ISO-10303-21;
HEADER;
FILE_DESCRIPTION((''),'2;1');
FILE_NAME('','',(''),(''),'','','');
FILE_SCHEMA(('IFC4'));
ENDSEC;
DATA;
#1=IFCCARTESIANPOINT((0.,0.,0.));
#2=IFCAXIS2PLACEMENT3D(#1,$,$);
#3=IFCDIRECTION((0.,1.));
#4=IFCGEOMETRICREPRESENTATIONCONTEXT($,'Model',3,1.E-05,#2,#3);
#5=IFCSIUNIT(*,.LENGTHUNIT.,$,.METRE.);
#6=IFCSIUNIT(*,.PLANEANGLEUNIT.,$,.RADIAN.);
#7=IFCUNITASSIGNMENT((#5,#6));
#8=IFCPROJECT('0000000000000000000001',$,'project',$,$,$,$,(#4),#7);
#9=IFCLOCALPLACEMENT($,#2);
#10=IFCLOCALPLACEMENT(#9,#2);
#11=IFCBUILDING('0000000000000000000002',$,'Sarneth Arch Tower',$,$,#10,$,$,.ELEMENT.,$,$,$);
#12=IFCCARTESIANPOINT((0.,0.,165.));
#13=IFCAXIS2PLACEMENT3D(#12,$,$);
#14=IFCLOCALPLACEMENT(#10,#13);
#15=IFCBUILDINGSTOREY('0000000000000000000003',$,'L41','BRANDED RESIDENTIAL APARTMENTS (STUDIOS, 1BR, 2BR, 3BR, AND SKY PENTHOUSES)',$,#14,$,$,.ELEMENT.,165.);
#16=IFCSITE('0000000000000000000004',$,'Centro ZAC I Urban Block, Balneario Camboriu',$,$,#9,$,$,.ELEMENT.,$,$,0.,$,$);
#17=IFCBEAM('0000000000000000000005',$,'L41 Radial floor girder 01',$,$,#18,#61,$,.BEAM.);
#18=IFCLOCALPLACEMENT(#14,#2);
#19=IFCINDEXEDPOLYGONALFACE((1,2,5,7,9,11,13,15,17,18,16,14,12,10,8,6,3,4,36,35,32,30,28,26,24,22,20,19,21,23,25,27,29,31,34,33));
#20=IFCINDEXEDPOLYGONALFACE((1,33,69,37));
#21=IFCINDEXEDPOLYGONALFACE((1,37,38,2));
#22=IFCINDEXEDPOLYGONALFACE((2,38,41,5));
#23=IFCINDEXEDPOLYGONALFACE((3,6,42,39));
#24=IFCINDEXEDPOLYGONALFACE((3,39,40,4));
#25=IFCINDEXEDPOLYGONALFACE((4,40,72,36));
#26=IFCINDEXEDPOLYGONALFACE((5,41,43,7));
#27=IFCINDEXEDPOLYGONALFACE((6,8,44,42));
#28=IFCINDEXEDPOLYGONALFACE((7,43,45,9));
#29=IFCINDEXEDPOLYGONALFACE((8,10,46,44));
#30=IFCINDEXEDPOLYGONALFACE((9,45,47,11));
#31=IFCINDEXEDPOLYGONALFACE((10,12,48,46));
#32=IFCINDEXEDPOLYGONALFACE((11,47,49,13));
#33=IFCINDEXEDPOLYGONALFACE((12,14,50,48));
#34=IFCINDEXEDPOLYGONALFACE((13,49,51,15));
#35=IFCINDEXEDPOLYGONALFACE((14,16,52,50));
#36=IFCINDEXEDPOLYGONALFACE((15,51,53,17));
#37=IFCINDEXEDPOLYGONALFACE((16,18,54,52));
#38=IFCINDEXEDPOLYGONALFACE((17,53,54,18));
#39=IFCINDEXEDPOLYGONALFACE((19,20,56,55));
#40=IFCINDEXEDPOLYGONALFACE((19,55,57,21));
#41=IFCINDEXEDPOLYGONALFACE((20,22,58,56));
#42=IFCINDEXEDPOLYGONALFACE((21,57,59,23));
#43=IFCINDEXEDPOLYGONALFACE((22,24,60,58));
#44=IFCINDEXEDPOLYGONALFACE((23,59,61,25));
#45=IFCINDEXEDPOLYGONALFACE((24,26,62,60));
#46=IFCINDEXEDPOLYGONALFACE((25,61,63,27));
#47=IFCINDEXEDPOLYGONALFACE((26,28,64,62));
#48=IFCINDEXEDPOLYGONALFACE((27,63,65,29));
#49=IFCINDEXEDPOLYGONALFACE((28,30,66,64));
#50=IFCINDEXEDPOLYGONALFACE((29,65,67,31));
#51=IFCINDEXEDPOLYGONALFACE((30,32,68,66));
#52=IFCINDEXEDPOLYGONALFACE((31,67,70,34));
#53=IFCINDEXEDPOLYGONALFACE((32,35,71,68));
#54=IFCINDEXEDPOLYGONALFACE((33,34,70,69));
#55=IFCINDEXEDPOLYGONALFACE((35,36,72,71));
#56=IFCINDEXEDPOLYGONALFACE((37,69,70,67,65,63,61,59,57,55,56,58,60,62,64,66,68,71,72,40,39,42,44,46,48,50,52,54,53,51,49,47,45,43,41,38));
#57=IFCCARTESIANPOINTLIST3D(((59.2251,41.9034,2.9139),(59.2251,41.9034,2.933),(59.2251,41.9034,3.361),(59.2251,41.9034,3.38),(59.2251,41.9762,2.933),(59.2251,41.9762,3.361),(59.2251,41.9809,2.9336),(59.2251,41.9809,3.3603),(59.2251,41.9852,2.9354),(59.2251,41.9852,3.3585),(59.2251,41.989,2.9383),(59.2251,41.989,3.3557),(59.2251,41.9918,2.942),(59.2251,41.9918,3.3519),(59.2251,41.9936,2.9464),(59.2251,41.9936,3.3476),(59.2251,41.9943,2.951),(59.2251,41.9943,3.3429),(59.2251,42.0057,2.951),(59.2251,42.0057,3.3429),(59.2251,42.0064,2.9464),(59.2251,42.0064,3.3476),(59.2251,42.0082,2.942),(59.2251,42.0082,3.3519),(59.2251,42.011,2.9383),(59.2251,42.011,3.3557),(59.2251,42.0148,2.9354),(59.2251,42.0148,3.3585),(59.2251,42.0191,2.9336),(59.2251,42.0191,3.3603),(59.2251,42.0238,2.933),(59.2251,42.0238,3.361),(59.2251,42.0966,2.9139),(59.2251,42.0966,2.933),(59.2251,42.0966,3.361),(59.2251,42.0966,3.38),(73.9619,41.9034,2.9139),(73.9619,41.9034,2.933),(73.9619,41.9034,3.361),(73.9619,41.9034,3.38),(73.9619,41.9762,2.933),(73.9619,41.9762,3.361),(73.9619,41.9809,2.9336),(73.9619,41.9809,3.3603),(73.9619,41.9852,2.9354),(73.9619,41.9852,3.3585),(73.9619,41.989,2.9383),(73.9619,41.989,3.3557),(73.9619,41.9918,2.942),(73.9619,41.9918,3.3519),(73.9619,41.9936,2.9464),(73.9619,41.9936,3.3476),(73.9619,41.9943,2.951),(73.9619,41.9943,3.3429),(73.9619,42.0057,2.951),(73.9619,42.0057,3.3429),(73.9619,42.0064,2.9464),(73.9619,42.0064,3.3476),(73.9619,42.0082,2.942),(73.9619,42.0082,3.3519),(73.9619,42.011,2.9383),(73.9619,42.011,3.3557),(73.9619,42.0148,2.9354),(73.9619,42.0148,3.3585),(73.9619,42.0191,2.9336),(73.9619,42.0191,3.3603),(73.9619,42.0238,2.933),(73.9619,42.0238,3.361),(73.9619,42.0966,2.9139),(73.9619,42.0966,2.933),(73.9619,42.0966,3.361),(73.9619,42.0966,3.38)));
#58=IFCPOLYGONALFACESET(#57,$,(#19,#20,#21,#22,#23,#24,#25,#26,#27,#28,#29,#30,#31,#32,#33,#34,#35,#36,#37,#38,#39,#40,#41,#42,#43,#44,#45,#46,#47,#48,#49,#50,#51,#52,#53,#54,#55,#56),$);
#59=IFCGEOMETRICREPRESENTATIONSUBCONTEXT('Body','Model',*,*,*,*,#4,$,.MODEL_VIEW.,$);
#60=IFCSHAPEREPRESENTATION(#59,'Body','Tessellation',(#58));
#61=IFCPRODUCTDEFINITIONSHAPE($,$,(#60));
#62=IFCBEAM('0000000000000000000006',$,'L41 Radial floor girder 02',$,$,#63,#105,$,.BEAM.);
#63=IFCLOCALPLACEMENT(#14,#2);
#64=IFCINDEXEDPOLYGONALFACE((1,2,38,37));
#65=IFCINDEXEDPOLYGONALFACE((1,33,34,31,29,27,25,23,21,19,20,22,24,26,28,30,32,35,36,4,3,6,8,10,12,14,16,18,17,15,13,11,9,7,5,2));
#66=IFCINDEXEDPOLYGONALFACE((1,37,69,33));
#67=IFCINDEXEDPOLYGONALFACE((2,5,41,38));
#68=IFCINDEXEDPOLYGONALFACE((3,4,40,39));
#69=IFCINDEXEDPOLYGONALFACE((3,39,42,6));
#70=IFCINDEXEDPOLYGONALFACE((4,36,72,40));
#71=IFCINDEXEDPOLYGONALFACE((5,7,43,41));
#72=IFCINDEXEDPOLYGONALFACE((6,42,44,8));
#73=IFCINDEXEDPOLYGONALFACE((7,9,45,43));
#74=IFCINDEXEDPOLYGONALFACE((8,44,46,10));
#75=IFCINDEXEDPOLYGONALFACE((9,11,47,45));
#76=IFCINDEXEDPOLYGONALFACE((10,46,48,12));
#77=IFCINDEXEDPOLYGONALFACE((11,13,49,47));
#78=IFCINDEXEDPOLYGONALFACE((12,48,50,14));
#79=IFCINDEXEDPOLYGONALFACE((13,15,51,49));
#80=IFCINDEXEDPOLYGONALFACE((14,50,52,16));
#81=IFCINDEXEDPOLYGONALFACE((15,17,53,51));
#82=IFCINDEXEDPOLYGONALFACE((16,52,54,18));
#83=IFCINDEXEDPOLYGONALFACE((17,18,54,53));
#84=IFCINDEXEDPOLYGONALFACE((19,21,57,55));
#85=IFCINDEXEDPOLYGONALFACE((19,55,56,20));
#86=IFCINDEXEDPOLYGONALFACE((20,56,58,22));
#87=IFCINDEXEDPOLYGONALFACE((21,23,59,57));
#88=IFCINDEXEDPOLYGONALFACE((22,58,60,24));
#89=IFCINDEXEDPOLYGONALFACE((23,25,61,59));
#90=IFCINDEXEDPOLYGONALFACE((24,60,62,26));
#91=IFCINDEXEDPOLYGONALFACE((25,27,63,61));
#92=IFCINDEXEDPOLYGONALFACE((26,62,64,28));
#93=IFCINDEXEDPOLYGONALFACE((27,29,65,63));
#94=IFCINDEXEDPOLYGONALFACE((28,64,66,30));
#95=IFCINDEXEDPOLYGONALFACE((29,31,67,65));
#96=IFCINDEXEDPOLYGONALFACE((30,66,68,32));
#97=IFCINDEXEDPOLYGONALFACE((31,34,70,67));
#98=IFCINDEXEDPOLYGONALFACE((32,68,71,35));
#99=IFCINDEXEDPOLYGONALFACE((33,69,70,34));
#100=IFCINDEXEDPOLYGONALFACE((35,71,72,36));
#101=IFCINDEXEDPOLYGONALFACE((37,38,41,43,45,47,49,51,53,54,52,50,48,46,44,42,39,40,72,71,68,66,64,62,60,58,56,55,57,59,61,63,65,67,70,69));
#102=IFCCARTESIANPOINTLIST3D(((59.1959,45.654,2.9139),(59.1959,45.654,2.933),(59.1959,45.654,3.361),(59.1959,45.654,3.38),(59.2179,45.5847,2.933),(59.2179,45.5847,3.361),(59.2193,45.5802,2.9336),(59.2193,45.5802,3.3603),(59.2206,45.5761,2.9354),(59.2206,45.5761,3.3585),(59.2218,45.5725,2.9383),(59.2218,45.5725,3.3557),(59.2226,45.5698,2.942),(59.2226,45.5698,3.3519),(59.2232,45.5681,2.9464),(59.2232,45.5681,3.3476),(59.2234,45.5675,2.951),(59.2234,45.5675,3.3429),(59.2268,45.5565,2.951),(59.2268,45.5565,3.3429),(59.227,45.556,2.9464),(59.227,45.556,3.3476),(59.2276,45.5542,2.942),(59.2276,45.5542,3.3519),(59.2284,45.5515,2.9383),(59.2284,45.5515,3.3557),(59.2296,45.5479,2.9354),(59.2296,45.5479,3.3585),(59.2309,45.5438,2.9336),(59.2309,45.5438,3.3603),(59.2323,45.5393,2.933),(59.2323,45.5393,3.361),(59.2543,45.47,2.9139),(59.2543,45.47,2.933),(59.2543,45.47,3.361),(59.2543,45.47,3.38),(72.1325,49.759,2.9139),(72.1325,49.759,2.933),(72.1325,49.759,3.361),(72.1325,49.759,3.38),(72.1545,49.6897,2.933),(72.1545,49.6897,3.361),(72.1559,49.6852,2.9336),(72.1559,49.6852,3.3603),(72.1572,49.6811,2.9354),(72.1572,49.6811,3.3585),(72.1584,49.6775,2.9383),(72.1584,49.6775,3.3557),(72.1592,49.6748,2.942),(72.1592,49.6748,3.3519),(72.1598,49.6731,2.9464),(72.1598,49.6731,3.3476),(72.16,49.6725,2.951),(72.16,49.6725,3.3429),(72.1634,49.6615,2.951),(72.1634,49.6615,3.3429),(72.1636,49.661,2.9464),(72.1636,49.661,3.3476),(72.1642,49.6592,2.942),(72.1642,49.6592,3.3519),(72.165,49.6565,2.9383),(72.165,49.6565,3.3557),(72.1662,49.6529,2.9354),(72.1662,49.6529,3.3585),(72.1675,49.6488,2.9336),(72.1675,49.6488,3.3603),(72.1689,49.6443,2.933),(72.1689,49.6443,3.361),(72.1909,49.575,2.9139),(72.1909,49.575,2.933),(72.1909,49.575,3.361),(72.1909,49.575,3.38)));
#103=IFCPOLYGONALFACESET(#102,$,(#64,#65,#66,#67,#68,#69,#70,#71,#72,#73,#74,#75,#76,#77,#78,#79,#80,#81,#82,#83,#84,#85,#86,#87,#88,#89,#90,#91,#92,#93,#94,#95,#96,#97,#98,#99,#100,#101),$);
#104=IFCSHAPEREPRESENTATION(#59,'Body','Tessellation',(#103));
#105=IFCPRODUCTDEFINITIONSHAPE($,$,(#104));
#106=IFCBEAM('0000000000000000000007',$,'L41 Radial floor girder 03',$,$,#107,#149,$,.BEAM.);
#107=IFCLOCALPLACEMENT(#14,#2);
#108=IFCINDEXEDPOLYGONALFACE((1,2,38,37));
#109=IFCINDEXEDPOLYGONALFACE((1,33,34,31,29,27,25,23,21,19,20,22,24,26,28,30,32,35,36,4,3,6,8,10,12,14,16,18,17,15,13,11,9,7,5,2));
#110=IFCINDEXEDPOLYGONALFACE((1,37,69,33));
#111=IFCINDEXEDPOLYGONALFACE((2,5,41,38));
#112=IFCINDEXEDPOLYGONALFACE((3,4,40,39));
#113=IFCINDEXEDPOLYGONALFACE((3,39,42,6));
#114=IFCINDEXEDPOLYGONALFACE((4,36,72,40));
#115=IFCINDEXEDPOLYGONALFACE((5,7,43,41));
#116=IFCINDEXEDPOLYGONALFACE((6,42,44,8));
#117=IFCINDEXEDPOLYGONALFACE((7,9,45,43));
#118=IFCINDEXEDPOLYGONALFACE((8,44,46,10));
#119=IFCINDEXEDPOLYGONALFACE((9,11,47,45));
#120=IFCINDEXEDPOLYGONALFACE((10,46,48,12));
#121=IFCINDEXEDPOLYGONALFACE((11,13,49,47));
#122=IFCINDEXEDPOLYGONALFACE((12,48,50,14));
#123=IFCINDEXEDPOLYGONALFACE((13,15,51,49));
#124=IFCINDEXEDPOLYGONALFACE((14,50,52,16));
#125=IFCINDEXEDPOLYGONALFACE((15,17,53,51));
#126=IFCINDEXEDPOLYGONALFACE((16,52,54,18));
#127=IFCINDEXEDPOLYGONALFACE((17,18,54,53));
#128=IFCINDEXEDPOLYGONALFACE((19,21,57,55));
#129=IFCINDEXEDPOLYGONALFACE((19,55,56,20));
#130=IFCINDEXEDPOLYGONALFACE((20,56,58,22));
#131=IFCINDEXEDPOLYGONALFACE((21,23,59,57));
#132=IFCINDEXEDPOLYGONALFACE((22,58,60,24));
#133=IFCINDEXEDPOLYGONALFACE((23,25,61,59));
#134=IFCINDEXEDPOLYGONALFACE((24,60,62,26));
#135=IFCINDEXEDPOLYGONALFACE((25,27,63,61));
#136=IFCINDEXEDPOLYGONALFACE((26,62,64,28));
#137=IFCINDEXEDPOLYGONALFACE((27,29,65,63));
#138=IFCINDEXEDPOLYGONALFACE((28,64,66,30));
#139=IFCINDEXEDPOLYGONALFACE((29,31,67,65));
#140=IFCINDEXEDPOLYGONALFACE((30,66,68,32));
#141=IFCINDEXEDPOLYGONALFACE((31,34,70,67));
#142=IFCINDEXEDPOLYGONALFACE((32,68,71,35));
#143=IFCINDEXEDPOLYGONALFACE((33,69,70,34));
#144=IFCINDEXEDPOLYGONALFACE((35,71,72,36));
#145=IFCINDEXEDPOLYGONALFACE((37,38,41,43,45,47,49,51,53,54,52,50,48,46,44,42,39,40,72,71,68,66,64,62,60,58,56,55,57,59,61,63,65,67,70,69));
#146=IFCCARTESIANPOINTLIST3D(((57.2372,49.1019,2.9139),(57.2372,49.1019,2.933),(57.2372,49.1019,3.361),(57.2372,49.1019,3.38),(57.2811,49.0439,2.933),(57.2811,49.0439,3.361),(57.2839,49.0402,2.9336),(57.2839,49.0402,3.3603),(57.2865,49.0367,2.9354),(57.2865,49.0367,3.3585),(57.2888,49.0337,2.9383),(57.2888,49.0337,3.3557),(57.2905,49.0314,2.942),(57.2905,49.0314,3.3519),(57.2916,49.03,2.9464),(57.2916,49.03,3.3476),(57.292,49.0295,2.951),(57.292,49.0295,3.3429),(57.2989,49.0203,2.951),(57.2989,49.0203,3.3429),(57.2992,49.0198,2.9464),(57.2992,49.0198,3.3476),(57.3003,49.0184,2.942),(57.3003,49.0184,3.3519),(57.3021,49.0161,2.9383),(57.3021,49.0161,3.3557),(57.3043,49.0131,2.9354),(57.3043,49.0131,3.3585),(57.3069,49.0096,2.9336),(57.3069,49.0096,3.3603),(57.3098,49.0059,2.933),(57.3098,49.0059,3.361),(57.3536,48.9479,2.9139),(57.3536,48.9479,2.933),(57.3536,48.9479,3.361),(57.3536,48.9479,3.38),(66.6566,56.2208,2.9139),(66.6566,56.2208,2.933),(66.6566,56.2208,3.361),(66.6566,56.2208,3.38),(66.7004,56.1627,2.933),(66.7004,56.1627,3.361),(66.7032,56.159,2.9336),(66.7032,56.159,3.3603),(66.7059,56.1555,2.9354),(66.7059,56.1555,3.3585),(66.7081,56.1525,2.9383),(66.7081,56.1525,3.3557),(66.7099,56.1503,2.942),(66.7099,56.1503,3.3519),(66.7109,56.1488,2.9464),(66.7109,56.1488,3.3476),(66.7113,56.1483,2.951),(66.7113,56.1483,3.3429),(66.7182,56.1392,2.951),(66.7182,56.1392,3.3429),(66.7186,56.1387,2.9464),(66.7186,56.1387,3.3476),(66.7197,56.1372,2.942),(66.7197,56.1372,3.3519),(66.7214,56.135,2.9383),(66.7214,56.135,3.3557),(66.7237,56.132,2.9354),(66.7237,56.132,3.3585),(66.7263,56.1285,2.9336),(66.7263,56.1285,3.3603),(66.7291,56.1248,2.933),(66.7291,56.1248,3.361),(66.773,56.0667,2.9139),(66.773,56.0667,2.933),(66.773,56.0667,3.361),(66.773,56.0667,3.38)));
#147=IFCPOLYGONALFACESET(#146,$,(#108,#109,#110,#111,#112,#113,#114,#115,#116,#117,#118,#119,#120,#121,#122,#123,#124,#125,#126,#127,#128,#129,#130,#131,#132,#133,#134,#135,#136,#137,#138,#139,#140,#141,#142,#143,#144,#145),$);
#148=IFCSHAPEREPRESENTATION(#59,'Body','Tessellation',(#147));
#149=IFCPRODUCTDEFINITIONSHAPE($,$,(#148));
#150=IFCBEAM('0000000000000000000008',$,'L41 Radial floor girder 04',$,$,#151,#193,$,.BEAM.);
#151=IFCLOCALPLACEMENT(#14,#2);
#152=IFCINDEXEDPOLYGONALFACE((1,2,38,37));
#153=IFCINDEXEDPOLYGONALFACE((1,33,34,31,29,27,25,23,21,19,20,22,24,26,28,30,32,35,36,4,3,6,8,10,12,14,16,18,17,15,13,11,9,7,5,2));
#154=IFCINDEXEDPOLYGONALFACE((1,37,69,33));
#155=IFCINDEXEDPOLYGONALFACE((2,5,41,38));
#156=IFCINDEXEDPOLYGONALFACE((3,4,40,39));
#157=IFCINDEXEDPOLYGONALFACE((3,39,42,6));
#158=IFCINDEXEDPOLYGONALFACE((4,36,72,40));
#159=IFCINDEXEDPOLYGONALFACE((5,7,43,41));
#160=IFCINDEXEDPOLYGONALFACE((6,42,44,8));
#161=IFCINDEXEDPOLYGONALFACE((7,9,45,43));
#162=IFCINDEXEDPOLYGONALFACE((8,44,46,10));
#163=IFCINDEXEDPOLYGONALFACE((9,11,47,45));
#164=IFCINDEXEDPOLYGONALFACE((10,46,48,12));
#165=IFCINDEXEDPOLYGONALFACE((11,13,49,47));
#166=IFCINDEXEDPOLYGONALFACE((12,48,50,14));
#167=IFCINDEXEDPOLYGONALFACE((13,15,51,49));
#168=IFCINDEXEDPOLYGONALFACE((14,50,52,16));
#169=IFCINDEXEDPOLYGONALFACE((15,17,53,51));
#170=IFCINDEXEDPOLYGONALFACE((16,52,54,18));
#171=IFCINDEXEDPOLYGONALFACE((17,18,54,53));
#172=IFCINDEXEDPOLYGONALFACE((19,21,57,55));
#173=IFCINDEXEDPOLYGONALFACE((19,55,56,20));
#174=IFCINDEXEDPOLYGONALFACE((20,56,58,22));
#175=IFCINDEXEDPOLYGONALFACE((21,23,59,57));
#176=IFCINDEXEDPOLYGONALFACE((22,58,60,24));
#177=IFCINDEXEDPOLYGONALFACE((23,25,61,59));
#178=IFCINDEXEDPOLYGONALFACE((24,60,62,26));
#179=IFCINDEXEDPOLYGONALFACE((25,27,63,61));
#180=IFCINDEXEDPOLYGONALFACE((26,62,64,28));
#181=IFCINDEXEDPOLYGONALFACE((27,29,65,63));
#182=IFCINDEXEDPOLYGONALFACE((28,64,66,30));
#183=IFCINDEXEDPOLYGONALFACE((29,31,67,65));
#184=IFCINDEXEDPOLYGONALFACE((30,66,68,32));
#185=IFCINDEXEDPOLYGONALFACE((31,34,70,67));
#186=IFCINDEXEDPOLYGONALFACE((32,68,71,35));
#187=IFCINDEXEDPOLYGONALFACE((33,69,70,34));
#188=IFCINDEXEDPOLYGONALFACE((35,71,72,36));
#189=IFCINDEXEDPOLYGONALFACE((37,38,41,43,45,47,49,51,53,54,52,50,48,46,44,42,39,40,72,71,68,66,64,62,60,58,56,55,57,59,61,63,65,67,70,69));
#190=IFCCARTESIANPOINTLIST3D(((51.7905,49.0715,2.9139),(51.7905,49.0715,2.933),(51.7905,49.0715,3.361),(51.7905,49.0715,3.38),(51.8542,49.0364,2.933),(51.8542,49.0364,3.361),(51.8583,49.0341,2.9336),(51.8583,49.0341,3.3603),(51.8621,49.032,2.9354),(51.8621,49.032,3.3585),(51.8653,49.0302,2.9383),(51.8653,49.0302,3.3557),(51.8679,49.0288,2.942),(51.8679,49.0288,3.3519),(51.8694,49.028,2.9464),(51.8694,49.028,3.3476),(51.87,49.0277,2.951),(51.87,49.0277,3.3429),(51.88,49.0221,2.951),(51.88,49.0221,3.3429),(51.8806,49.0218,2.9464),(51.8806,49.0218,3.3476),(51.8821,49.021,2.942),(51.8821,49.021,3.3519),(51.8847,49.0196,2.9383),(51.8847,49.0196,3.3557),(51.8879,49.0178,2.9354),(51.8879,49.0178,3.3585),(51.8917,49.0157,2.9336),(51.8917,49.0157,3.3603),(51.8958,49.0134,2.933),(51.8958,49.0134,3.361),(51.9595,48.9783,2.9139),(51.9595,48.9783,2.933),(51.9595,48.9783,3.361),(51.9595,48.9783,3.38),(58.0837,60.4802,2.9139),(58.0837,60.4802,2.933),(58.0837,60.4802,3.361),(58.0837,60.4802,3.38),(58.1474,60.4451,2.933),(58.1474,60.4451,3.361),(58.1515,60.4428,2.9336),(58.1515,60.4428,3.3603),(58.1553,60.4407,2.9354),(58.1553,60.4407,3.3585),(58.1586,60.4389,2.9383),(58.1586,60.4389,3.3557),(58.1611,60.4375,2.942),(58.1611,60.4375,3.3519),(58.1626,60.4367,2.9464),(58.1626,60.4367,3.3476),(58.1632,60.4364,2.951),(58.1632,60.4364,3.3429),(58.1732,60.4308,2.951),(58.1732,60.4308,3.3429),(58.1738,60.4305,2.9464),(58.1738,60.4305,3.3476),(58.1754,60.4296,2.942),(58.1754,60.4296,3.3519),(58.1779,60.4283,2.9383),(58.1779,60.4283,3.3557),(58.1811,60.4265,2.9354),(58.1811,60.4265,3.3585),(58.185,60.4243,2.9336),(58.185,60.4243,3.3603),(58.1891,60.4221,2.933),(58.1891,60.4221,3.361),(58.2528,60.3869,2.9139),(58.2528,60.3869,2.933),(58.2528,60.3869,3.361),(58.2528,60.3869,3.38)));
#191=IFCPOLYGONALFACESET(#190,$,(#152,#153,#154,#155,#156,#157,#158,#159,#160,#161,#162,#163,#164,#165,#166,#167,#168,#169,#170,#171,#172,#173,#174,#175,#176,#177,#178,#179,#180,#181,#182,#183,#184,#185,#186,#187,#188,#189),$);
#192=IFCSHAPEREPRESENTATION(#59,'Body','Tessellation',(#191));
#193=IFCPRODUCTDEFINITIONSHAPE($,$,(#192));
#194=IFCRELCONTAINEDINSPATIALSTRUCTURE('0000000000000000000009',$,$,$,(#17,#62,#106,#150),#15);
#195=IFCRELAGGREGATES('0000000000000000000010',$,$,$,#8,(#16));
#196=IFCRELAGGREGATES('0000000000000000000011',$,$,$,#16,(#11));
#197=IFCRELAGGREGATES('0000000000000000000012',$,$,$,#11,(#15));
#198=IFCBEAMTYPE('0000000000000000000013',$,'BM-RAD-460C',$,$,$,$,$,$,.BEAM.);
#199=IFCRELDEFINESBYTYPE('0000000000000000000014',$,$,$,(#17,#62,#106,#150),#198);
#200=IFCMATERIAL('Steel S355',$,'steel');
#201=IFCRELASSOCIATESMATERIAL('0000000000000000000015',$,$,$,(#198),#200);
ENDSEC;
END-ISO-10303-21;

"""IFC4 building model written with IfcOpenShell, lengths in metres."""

from ifc_helpers import new_model, si_unit, direction, frame, origin, origin_2d, place, context, subcontext, project, spatial, i_section, extrude, material, material_profile, profile_set, type_object, element, save


model = new_model("IFC4")

# Units and contexts
model_context = context("Model", 3, precision=1e-05, world=origin(), true_north=direction((0.0, 1.0)))
body_context = subcontext(model_context, "Body", "Model", "MODEL_VIEW")
ifc_project = project(units=[si_unit("LENGTHUNIT", "METRE"), si_unit("PLANEANGLEUNIT", "RADIAN")], contexts=[model_context])

# Site, building, storey
site_placement = place(None, origin())
site = spatial("IfcSite", under=ifc_project, at=site_placement, Name="Centro ZAC I Urban Block, Balneario Camboriu", CompositionType="ELEMENT", RefElevation=0.0)
building_placement = place(site_placement, origin())
building = spatial("IfcBuilding", under=site, at=building_placement, Name="Sarneth Arch Tower", CompositionType="ELEMENT")
storey_placement = place(building_placement, frame((0.0, 0.0, 165.0)))
storey = spatial("IfcBuildingStorey", under=building, at=storey_placement, Name="L41", Description="BRANDED RESIDENTIAL APARTMENTS (STUDIOS, 1BR, 2BR, 3BR, AND SKY PENTHOUSES)", CompositionType="ELEMENT", Elevation=165.0)

# Beams
ifc_material_1 = material(Name="Steel S355", Category="steel")
ifc_material_profile_1 = material_profile(ifc_material_1, i_section(OverallWidth=0.1931, OverallDepth=0.4661, WebThickness=0.0115, FlangeThickness=0.019, FilletRadius=0.0181, at=origin_2d()), Name="W460x97")
ifc_profile_set_1 = profile_set([ifc_material_profile_1], Name="Steel S355")
beam_type_1 = type_object("IfcBeamType", Name="BM-RAD-460C", PredefinedType="BEAM", material=ifc_profile_set_1)
beam_1_placement = place(storey_placement, frame((59.2251, 42.0, 3.147), z_axis=(1.0, 0.0, 0.0), x_axis=(0.0, 1.0, 0.0)))
element("IfcBeam", 1, at=beam_1_placement, inside=storey, type_object=beam_type_1, Name="L41 Radial floor girder 01", PredefinedType="BEAM", context=body_context, shape_type="SweptSolid", body=[
    extrude(i_section(OverallWidth=0.1931, OverallDepth=0.4661, WebThickness=0.0115, FlangeThickness=0.019, FilletRadius=0.0181, at=origin_2d()), origin(), (0.0, 0.0, 1.0), 14.7368),
])
beam_2_placement = place(storey_placement, frame((59.2251, 45.562, 3.147), z_axis=(0.953164, 0.302455, 0.0), x_axis=(-0.302455, 0.953164, 0.0)))
element("IfcBeam", 2, at=beam_2_placement, inside=storey, type_object=beam_type_1, Name="L41 Radial floor girder 02", PredefinedType="BEAM", context=body_context, shape_type="SweptSolid", body=[
    extrude(i_section(OverallWidth=0.1931, OverallDepth=0.4661, WebThickness=0.0115, FlangeThickness=0.019, FilletRadius=0.0181, at=origin_2d()), origin(), (0.0, 0.0, 1.0), 13.5723),
])
beam_3_placement = place(storey_placement, frame((57.2954, 49.0249, 3.147), z_axis=(0.797786, 0.60294, 0.0), x_axis=(-0.60294, 0.797786, 0.0)))
element("IfcBeam", 3, at=beam_3_placement, inside=storey, type_object=beam_type_1, Name="L41 Radial floor girder 03", PredefinedType="BEAM", context=body_context, shape_type="SweptSolid", body=[
    extrude(i_section(OverallWidth=0.1931, OverallDepth=0.4661, WebThickness=0.0115, FlangeThickness=0.019, FilletRadius=0.0181, at=origin_2d()), origin(), (0.0, 0.0, 1.0), 11.8069),
])
beam_4_placement = place(storey_placement, frame((51.875, 49.0249, 3.147), z_axis=(0.483005, 0.875618, 0.0), x_axis=(-0.875618, 0.483005, 0.0)))
element("IfcBeam", 4, at=beam_4_placement, inside=storey, type_object=beam_type_1, Name="L41 Radial floor girder 04", PredefinedType="BEAM", context=body_context, shape_type="SweptSolid", body=[
    extrude(i_section(OverallWidth=0.1931, OverallDepth=0.4661, WebThickness=0.0115, FlangeThickness=0.019, FilletRadius=0.0181, at=origin_2d()), origin(), (0.0, 0.0, 1.0), 13.0293),
])

save(model, "model.ifc")
